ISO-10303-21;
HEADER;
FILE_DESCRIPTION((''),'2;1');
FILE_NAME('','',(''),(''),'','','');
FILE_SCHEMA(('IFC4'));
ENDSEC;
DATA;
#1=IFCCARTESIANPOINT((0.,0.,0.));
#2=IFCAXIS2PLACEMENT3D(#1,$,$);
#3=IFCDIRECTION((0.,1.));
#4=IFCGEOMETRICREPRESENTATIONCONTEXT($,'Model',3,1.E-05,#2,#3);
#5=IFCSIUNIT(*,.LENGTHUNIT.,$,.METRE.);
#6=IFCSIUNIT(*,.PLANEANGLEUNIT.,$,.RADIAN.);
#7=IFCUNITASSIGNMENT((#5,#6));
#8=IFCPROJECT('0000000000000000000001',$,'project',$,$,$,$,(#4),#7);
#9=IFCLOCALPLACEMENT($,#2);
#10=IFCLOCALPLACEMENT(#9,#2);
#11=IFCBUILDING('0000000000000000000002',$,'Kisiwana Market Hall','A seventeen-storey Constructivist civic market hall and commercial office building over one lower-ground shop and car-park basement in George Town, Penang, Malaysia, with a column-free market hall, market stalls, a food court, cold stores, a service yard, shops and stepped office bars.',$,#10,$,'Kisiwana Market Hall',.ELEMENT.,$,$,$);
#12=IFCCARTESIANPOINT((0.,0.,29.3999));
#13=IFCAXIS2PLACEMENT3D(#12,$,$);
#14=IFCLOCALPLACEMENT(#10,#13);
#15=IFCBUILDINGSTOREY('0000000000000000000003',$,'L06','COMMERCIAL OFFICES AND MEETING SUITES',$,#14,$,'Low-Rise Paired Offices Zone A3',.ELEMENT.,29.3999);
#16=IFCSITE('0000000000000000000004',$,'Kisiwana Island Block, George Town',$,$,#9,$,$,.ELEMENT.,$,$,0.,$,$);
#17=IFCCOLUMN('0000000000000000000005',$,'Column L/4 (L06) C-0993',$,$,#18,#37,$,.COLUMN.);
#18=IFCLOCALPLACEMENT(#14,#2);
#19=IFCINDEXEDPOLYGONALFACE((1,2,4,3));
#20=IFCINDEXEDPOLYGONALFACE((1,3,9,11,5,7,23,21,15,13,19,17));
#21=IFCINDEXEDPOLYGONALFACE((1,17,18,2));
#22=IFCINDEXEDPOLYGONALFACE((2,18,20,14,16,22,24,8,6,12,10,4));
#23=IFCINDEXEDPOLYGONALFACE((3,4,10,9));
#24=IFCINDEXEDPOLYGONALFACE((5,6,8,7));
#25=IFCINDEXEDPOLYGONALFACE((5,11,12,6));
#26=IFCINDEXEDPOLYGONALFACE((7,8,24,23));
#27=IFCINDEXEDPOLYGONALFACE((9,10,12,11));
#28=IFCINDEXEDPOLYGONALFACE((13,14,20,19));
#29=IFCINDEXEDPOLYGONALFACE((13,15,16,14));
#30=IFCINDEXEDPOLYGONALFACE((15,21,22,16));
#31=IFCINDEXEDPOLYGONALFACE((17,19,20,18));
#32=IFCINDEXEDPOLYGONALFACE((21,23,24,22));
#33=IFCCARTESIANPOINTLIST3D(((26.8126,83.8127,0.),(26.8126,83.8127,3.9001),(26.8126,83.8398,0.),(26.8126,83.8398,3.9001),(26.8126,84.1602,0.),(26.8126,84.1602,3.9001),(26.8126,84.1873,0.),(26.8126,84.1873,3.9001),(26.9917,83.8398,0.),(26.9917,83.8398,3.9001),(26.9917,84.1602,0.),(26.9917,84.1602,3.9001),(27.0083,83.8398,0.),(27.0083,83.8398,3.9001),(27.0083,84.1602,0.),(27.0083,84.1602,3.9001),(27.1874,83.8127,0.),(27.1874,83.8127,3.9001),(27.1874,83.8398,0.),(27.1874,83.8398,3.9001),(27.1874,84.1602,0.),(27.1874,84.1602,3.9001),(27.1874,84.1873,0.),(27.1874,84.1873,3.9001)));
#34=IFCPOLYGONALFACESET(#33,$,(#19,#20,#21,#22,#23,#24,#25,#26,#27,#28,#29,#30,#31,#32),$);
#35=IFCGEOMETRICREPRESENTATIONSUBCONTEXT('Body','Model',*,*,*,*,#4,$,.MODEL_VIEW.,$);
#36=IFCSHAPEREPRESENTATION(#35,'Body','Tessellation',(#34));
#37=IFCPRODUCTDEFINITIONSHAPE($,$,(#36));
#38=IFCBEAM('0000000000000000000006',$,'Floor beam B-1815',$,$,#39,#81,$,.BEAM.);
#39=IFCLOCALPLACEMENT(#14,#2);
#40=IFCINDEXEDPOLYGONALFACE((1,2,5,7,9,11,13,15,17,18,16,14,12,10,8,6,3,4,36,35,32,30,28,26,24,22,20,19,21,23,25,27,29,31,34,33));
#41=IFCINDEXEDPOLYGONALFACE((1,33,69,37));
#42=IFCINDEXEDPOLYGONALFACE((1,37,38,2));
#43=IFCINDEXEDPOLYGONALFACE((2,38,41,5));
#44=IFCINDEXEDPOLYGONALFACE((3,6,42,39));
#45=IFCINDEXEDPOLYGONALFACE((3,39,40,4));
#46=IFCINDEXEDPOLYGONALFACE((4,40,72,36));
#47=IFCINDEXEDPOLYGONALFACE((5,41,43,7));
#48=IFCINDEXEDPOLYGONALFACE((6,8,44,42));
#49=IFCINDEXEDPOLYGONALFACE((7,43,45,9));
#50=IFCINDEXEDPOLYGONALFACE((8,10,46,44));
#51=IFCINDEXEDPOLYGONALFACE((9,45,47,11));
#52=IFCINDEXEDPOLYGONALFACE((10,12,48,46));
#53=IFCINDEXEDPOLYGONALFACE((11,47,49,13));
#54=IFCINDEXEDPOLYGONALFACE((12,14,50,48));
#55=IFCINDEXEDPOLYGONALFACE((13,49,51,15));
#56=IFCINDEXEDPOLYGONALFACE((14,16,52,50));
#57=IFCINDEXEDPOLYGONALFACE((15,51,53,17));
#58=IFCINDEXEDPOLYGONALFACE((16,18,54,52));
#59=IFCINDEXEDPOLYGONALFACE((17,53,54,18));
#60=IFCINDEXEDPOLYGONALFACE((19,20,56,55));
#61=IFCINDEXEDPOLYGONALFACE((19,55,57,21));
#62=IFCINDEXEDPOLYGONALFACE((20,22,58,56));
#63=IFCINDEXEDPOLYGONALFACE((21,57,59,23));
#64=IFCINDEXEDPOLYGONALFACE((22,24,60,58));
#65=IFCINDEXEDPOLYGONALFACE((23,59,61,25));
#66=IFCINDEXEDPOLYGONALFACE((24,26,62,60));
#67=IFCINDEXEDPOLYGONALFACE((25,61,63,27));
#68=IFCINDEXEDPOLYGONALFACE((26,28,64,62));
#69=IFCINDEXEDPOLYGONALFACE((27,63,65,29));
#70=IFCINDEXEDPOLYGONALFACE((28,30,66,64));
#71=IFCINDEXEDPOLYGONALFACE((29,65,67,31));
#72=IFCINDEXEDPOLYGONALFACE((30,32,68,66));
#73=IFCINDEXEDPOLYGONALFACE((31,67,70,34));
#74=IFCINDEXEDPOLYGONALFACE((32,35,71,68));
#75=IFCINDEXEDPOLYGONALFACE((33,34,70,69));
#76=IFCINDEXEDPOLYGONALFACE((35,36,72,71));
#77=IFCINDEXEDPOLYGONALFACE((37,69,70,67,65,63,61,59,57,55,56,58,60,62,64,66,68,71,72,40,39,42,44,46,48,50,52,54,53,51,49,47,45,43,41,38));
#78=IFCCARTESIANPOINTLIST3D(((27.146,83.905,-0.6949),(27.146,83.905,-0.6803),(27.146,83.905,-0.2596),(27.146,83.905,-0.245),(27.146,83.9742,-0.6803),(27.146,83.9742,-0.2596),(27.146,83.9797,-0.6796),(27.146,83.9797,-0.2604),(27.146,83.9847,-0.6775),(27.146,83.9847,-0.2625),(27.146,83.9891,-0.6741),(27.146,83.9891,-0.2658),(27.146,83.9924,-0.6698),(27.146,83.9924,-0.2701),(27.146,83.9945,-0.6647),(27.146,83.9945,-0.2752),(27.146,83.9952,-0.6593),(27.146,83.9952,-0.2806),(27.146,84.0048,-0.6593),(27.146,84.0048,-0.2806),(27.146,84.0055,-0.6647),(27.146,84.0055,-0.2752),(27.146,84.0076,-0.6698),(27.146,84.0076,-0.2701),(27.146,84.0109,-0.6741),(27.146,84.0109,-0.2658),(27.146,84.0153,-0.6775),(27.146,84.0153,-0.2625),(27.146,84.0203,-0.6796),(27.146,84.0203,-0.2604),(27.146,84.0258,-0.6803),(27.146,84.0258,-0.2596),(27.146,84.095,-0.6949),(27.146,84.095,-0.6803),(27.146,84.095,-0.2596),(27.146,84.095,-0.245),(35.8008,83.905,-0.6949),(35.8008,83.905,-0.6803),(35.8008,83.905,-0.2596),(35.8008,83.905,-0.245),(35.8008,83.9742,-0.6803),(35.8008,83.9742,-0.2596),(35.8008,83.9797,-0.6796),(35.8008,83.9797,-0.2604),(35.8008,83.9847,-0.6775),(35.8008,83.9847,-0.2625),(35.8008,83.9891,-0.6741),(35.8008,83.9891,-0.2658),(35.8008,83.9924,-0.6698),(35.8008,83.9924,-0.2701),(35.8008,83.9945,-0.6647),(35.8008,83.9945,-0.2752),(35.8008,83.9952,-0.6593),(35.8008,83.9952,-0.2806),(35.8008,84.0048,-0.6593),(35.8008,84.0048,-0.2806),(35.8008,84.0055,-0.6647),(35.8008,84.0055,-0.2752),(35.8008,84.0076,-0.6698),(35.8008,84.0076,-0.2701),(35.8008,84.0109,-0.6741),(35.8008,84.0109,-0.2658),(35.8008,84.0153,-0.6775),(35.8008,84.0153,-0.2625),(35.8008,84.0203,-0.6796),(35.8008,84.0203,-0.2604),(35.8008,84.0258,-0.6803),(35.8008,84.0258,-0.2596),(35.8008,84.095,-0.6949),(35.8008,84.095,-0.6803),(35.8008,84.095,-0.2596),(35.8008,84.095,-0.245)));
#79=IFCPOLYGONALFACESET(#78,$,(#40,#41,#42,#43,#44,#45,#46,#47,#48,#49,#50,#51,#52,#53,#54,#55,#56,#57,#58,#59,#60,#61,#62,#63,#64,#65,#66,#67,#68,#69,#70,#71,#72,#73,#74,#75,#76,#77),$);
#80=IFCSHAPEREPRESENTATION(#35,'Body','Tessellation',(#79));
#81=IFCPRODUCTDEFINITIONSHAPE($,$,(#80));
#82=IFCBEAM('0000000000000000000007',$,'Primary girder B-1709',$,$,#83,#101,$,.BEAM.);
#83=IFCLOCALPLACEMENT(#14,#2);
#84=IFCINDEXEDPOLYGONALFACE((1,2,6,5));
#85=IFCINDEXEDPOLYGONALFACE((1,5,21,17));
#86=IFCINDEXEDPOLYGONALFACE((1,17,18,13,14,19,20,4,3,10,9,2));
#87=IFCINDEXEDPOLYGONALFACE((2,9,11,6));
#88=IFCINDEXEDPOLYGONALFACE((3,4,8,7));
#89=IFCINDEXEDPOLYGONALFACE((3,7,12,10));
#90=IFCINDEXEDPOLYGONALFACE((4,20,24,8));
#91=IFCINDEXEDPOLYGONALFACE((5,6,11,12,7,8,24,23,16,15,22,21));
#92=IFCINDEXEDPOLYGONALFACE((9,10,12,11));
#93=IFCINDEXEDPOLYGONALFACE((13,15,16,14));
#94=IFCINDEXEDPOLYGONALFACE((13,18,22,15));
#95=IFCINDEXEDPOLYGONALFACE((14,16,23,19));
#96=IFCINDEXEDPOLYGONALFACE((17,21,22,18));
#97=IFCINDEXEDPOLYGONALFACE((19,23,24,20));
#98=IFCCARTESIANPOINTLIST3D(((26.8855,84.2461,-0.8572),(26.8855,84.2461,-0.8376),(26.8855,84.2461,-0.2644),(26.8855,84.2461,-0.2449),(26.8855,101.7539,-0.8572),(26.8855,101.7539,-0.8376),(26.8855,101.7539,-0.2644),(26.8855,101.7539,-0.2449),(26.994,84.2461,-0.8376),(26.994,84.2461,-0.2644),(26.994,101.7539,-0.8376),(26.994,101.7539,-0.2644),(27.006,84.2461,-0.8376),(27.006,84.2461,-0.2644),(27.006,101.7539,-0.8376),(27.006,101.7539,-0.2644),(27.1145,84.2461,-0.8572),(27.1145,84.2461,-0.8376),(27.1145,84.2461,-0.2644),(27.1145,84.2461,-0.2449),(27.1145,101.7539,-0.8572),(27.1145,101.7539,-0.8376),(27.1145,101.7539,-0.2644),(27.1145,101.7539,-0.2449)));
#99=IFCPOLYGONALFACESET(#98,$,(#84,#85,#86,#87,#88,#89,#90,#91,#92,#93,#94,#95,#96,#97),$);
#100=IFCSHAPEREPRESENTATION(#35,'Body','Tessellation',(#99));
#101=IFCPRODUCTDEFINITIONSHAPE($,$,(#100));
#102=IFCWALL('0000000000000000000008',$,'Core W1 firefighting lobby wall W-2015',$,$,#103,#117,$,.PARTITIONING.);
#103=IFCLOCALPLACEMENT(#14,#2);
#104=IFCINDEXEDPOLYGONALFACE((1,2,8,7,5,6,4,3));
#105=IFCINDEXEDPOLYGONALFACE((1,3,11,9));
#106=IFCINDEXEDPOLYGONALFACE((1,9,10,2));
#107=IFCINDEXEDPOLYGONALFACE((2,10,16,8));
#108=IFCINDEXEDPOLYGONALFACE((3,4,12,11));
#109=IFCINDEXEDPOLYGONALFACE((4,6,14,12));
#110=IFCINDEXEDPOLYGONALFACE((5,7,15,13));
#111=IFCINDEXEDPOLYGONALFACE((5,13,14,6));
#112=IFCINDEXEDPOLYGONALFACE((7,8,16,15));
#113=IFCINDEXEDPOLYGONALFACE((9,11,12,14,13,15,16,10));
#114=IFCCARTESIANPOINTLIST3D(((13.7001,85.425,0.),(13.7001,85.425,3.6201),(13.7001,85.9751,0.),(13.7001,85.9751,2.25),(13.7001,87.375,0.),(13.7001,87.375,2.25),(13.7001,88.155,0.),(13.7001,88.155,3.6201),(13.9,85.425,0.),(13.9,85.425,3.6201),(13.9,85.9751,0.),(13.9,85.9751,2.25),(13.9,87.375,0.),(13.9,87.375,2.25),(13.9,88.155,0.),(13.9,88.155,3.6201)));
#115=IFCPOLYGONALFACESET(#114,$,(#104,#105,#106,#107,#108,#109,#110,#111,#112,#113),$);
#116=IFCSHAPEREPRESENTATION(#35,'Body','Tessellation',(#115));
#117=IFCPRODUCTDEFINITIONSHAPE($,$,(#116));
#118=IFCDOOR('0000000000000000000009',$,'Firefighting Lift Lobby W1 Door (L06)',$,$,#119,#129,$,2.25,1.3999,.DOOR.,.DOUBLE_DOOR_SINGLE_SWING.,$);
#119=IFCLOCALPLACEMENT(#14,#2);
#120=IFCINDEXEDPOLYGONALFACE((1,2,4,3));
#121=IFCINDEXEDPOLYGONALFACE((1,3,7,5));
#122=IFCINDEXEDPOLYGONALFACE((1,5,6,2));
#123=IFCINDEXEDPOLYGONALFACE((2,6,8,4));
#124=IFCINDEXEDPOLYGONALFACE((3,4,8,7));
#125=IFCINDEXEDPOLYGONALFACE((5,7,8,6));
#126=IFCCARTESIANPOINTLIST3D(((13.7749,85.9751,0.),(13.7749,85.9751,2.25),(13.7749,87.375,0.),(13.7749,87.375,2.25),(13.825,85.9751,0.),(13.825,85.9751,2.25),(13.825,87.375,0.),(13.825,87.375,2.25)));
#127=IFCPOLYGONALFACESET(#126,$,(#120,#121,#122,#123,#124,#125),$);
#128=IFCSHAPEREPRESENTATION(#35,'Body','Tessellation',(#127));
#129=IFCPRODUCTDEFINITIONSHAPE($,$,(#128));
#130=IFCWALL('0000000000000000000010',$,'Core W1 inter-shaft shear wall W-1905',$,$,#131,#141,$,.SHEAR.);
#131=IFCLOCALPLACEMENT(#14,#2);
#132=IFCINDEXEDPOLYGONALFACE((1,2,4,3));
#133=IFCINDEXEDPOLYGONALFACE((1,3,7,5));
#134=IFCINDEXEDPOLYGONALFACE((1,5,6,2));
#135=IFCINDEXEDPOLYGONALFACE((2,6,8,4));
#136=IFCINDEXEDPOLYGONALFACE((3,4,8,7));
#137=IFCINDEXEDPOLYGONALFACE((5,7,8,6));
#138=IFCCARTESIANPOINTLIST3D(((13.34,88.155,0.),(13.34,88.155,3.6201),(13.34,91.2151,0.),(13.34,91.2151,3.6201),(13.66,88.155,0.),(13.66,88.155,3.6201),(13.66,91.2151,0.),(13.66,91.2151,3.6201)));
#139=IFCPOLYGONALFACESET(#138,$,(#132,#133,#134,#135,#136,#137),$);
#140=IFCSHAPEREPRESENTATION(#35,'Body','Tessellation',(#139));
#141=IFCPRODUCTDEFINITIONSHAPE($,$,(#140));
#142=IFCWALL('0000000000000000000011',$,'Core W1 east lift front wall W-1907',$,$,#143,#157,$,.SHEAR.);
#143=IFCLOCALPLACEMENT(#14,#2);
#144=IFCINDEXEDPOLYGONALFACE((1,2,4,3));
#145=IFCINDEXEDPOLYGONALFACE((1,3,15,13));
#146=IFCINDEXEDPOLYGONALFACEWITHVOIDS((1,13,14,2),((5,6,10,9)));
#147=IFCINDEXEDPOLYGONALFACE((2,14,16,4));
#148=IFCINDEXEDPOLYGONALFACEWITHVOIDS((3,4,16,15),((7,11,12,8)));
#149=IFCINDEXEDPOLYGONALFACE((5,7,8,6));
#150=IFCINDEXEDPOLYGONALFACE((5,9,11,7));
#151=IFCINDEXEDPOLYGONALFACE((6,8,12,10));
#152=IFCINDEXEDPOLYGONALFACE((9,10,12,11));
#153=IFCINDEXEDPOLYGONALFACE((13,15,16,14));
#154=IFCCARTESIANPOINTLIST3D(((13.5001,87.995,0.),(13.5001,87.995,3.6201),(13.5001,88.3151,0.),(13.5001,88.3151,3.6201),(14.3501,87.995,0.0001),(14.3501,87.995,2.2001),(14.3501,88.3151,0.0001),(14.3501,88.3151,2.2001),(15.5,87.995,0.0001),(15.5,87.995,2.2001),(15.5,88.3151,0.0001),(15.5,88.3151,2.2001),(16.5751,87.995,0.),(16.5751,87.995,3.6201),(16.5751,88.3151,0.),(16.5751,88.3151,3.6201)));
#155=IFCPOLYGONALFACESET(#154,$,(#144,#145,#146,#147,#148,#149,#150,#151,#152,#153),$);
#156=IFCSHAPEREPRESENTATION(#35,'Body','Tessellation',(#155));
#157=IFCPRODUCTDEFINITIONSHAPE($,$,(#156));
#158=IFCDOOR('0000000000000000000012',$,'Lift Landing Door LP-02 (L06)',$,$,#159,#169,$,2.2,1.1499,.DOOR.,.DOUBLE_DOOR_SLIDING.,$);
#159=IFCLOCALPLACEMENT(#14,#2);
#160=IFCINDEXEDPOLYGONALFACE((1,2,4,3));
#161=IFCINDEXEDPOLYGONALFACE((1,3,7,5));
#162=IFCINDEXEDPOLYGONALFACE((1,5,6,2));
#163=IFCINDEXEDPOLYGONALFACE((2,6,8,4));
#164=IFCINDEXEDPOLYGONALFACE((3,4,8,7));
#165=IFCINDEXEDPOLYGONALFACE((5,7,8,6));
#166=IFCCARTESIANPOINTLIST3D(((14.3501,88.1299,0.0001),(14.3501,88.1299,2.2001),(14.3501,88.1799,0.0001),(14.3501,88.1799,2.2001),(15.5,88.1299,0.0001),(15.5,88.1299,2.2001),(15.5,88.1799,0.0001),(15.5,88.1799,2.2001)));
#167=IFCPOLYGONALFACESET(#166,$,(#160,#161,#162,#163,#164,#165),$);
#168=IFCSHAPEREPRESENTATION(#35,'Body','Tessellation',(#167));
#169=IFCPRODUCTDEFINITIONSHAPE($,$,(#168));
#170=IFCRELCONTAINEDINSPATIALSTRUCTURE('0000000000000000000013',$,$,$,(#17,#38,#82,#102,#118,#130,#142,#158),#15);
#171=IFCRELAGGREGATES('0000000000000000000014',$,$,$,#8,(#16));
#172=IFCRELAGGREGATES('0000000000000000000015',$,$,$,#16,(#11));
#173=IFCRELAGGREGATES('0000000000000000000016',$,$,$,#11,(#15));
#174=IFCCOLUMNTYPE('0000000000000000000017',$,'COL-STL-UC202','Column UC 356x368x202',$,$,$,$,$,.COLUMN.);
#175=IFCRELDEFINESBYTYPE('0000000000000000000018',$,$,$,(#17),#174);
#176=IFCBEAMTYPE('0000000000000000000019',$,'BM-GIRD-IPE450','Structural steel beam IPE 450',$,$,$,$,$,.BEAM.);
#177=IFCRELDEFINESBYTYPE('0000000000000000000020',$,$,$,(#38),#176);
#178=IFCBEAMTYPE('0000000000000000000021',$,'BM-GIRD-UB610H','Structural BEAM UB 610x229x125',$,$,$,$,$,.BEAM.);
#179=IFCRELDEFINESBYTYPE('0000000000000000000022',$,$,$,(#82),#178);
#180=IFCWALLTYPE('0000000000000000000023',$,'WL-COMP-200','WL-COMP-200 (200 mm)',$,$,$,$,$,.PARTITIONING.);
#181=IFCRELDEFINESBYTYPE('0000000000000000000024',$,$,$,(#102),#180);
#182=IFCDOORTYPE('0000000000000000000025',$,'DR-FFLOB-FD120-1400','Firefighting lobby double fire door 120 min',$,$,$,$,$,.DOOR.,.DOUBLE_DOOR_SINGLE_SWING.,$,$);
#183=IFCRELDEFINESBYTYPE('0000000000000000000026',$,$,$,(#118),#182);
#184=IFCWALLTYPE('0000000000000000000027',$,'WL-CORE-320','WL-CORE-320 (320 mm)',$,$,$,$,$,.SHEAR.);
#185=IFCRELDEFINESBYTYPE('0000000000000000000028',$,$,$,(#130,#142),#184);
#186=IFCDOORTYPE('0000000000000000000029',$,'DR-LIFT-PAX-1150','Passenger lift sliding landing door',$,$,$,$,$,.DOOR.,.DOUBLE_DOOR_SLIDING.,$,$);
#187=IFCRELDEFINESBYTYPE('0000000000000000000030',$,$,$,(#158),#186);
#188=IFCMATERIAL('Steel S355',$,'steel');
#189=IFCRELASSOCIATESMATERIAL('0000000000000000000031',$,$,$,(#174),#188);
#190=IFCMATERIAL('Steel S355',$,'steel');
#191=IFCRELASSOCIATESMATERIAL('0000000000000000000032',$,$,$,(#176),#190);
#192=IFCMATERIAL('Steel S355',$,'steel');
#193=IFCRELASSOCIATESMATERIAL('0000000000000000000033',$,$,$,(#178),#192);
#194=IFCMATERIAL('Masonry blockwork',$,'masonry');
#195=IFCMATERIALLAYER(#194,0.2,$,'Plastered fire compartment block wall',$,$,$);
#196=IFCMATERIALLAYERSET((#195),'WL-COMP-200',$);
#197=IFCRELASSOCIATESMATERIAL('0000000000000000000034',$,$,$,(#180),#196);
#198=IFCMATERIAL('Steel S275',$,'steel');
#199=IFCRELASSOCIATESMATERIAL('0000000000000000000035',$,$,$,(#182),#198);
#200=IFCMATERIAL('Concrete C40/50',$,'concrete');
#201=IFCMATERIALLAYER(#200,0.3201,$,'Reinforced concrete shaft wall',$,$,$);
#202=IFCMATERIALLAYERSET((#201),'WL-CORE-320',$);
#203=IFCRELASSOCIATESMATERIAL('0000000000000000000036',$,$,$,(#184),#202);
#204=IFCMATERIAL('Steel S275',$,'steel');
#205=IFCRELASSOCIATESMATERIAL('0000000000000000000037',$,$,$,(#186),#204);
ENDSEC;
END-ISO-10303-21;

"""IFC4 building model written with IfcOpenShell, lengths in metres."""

from ifc_helpers import new_model, si_unit, direction, frame, frame_2d, origin, origin_2d, place, context, subcontext, project, spatial, rectangle, i_section, extrude, material, layer, layer_set, material_profile, profile_set, type_object, element, fill, save


model = new_model("IFC4")

# Units and contexts
model_context = context("Model", 3, precision=1e-05, world=origin(), true_north=direction((0.0, 1.0)))
body_context = subcontext(model_context, "Body", "Model", "MODEL_VIEW")
ifc_project = project(units=[si_unit("LENGTHUNIT", "METRE"), si_unit("PLANEANGLEUNIT", "RADIAN")], contexts=[model_context])

# Site, building, storey
site_placement = place(None, origin())
site = spatial("IfcSite", under=ifc_project, at=site_placement, Name="Kisiwana Island Block, George Town", CompositionType="ELEMENT", RefElevation=0.0)
building_placement = place(site_placement, origin())
building = spatial("IfcBuilding", under=site, at=building_placement, Name="Kisiwana Market Hall", Description="A seventeen-storey Constructivist civic market hall and commercial office building over one lower-ground shop and car-park basement in George Town, Penang, Malaysia, with a column-free market hall, market stalls, a food court, cold stores, a service yard, shops and stepped office bars.", LongName="Kisiwana Market Hall", CompositionType="ELEMENT")
storey_placement = place(building_placement, frame((0.0, 0.0, 29.3999)))
storey = spatial("IfcBuildingStorey", under=building, at=storey_placement, Name="L06", Description="COMMERCIAL OFFICES AND MEETING SUITES", LongName="Low-Rise Paired Offices Zone A3", CompositionType="ELEMENT", Elevation=29.3999)

# Column
ifc_material_1 = material(Name="Steel S355", Category="steel")
ifc_material_profile_1 = material_profile(ifc_material_1, i_section(OverallWidth=0.3748, OverallDepth=0.3745, WebThickness=0.0166, FlangeThickness=0.0271, at=origin_2d()), Name="UC 356x368x202")
ifc_profile_set_1 = profile_set([ifc_material_profile_1], Name="Steel S355")
column_type = type_object("IfcColumnType", Name="COL-STL-UC202", Description="Column UC 356x368x202", PredefinedType="COLUMN", material=ifc_profile_set_1)
column_placement = place(storey_placement, frame((27.0, 84.0, 0.0), z_axis=(0.0, 0.0, 1.0), x_axis=(1.0, 0.0, 0.0)))
element("IfcColumn", 1, at=column_placement, inside=storey, type_object=column_type, Name="Column L/4 (L06) C-0993", PredefinedType="COLUMN", context=body_context, shape_type="SweptSolid", body=[
    extrude(i_section(OverallWidth=0.3748, OverallDepth=0.3745, WebThickness=0.0166, FlangeThickness=0.0271, at=origin_2d()), origin(), (0.0, 0.0, 1.0), 3.9001),
])

# Beams
ifc_material_2 = material(Name="Steel S355", Category="steel")
ifc_material_profile_2 = material_profile(ifc_material_2, i_section(OverallWidth=0.1899, OverallDepth=0.45, WebThickness=0.0095, FlangeThickness=0.0146, FilletRadius=0.021, at=origin_2d()), Name="IPE 450")
ifc_profile_set_2 = profile_set([ifc_material_profile_2], Name="Steel S355")
beam_type_1 = type_object("IfcBeamType", Name="BM-GIRD-IPE450", Description="Structural steel beam IPE 450", PredefinedType="BEAM", material=ifc_profile_set_2)
beam_1_placement = place(storey_placement, frame((27.146, 84.0, -0.47), z_axis=(1.0, 0.0, 0.0), x_axis=(0.0, 1.0, 0.0)))
element("IfcBeam", 2, at=beam_1_placement, inside=storey, type_object=beam_type_1, Name="Floor beam B-1815", PredefinedType="BEAM", context=body_context, shape_type="SweptSolid", body=[
    extrude(i_section(OverallWidth=0.1899, OverallDepth=0.45, WebThickness=0.0095, FlangeThickness=0.0146, FilletRadius=0.021, at=origin_2d()), origin(), (0.0, 0.0, 1.0), 8.6548),
])
ifc_material_3 = material(Name="Steel S355", Category="steel")
ifc_material_profile_3 = material_profile(ifc_material_3, i_section(OverallWidth=0.229, OverallDepth=0.6123, WebThickness=0.012, FlangeThickness=0.0195, at=origin_2d()), Name="UB 610x229x125")
ifc_profile_set_3 = profile_set([ifc_material_profile_3], Name="Steel S355")
beam_type_2 = type_object("IfcBeamType", Name="BM-GIRD-UB610H", Description="Structural BEAM UB 610x229x125", PredefinedType="BEAM", material=ifc_profile_set_3)
beam_2_placement = place(storey_placement, frame((27.0, 84.2461, -0.551), z_axis=(0.0, 1.0, 0.0), x_axis=(-1.0, 0.0, 0.0)))
element("IfcBeam", 3, at=beam_2_placement, inside=storey, type_object=beam_type_2, Name="Primary girder B-1709", PredefinedType="BEAM", context=body_context, shape_type="SweptSolid", body=[
    extrude(i_section(OverallWidth=0.229, OverallDepth=0.6123, WebThickness=0.012, FlangeThickness=0.0195, at=origin_2d()), origin(), (0.0, 0.0, 1.0), 17.5078),
])

# Wall, opening, door
ifc_material_4 = material(Name="Masonry blockwork", Category="masonry")
ifc_layer_1 = layer(ifc_material_4, 0.2, Name="Plastered fire compartment block wall")
ifc_layer_set_1 = layer_set([ifc_layer_1], Name="WL-COMP-200")
wall_type_1 = type_object("IfcWallType", Name="WL-COMP-200", Description="WL-COMP-200 (200 mm)", PredefinedType="PARTITIONING", material=ifc_layer_set_1)
wall_1_placement = place(storey_placement, frame((13.8, 85.425, 0.0), z_axis=(0.0, 0.0, 1.0), x_axis=(0.0, 1.0, 0.0)))
wall_1 = element("IfcWall", 4, at=wall_1_placement, inside=storey, type_object=wall_type_1, Name="Core W1 firefighting lobby wall W-2015", PredefinedType="PARTITIONING", context=body_context, shape_type="SweptSolid", body=[
    extrude(rectangle(XDim=2.73, YDim=0.2, at=frame_2d((1.365, 0.0))), origin(), (0.0, 0.0, 1.0), 3.6201),
])
opening_1_placement = place(wall_1_placement, frame((0.55, 0.0, 0.0)))
opening_1 = element("IfcOpeningElement", 5, at=opening_1_placement, cuts=wall_1, PredefinedType="OPENING", context=body_context, shape_type="SweptSolid", body=[
    extrude(rectangle(XDim=1.3999, YDim=2.25, at=frame_2d((0.7, 1.125))), frame((0.0, 0.1118, 0.0), z_axis=(0.0, -1.0, 0.0), x_axis=(1.0, 0.0, 0.0)), (0.0, 0.0, 1.0), 0.2239),
])
ifc_material_5 = material(Name="Steel S275", Category="steel")
door_type_1 = type_object("IfcDoorType", Name="DR-FFLOB-FD120-1400", Description="Firefighting lobby double fire door 120 min", OperationType="DOUBLE_DOOR_SINGLE_SWING", PredefinedType="DOOR", material=ifc_material_5)
door_1_placement = place(opening_1_placement, frame((1.3999, 0.0, 0.0), z_axis=(0.0, 0.0, 1.0), x_axis=(-1.0, 0.0, 0.0)))
door_1 = element("IfcDoor", 6, at=door_1_placement, inside=storey, type_object=door_type_1, Name="Firefighting Lift Lobby W1 Door (L06)", OperationType="DOUBLE_DOOR_SINGLE_SWING", OverallHeight=2.25, OverallWidth=1.3999, PredefinedType="DOOR", context=body_context, shape_type="SweptSolid", body=[
    extrude(rectangle(XDim=1.3999, YDim=2.25, at=frame_2d((0.7, 1.125))), frame((0.0, 0.0249, 0.0), z_axis=(0.0, -1.0, 0.0), x_axis=(1.0, 0.0, 0.0)), (0.0, 0.0, 1.0), 0.05),
])
fill(opening_1, door_1)

# Wall
ifc_material_6 = material(Name="Concrete C40/50", Category="concrete")
ifc_layer_2 = layer(ifc_material_6, 0.3201, Name="Reinforced concrete shaft wall")
ifc_layer_set_2 = layer_set([ifc_layer_2], Name="WL-CORE-320")
wall_type_2 = type_object("IfcWallType", Name="WL-CORE-320", Description="WL-CORE-320 (320 mm)", PredefinedType="SHEAR", material=ifc_layer_set_2)
wall_2_placement = place(storey_placement, frame((13.5, 88.155, 0.0), z_axis=(0.0, 0.0, 1.0), x_axis=(0.0, 1.0, 0.0)))
element("IfcWall", 7, at=wall_2_placement, inside=storey, type_object=wall_type_2, Name="Core W1 inter-shaft shear wall W-1905", PredefinedType="SHEAR", context=body_context, shape_type="SweptSolid", body=[
    extrude(rectangle(XDim=3.0601, YDim=0.3201, at=frame_2d((1.53, 0.0))), origin(), (0.0, 0.0, 1.0), 3.6201),
])

# Wall, opening, door
wall_3_placement = place(storey_placement, frame((13.5, 88.155, 0.0), z_axis=(0.0, 0.0, 1.0), x_axis=(1.0, 0.0, 0.0)))
wall_3 = element("IfcWall", 8, at=wall_3_placement, inside=storey, type_object=wall_type_2, Name="Core W1 east lift front wall W-1907", PredefinedType="SHEAR", context=body_context, shape_type="SweptSolid", body=[
    extrude(rectangle(XDim=3.075, YDim=0.3201, at=frame_2d((1.5376, 0.0))), origin(), (0.0, 0.0, 1.0), 3.6201),
])
opening_2_placement = place(wall_3_placement, frame((0.8501, 0.0, 0.0)))
opening_2 = element("IfcOpeningElement", 9, at=opening_2_placement, cuts=wall_3, PredefinedType="OPENING", context=body_context, shape_type="SweptSolid", body=[
    extrude(rectangle(XDim=1.1499, YDim=2.2, at=frame_2d((0.575, 1.1001))), frame((0.0, 0.1719, 0.0), z_axis=(0.0, -1.0, 0.0), x_axis=(1.0, 0.0, 0.0)), (0.0, 0.0, 1.0), 0.344),
])
ifc_material_7 = material(Name="Steel S275", Category="steel")
door_type_2 = type_object("IfcDoorType", Name="DR-LIFT-PAX-1150", Description="Passenger lift sliding landing door", OperationType="DOUBLE_DOOR_SLIDING", PredefinedType="DOOR", material=ifc_material_7)
door_2_placement = place(opening_2_placement, origin())
door_2 = element("IfcDoor", 10, at=door_2_placement, inside=storey, type_object=door_type_2, Name="Lift Landing Door LP-02 (L06)", OperationType="DOUBLE_DOOR_SLIDING", OverallHeight=2.2, OverallWidth=1.1499, PredefinedType="DOOR", context=body_context, shape_type="SweptSolid", body=[
    extrude(rectangle(XDim=1.1499, YDim=2.2, at=frame_2d((0.575, 1.1001))), frame((0.0, 0.0249, 0.0), z_axis=(0.0, -1.0, 0.0), x_axis=(1.0, 0.0, 0.0)), (0.0, 0.0, 1.0), 0.05),
])
fill(opening_2, door_2)

save(model, "model.ifc")
